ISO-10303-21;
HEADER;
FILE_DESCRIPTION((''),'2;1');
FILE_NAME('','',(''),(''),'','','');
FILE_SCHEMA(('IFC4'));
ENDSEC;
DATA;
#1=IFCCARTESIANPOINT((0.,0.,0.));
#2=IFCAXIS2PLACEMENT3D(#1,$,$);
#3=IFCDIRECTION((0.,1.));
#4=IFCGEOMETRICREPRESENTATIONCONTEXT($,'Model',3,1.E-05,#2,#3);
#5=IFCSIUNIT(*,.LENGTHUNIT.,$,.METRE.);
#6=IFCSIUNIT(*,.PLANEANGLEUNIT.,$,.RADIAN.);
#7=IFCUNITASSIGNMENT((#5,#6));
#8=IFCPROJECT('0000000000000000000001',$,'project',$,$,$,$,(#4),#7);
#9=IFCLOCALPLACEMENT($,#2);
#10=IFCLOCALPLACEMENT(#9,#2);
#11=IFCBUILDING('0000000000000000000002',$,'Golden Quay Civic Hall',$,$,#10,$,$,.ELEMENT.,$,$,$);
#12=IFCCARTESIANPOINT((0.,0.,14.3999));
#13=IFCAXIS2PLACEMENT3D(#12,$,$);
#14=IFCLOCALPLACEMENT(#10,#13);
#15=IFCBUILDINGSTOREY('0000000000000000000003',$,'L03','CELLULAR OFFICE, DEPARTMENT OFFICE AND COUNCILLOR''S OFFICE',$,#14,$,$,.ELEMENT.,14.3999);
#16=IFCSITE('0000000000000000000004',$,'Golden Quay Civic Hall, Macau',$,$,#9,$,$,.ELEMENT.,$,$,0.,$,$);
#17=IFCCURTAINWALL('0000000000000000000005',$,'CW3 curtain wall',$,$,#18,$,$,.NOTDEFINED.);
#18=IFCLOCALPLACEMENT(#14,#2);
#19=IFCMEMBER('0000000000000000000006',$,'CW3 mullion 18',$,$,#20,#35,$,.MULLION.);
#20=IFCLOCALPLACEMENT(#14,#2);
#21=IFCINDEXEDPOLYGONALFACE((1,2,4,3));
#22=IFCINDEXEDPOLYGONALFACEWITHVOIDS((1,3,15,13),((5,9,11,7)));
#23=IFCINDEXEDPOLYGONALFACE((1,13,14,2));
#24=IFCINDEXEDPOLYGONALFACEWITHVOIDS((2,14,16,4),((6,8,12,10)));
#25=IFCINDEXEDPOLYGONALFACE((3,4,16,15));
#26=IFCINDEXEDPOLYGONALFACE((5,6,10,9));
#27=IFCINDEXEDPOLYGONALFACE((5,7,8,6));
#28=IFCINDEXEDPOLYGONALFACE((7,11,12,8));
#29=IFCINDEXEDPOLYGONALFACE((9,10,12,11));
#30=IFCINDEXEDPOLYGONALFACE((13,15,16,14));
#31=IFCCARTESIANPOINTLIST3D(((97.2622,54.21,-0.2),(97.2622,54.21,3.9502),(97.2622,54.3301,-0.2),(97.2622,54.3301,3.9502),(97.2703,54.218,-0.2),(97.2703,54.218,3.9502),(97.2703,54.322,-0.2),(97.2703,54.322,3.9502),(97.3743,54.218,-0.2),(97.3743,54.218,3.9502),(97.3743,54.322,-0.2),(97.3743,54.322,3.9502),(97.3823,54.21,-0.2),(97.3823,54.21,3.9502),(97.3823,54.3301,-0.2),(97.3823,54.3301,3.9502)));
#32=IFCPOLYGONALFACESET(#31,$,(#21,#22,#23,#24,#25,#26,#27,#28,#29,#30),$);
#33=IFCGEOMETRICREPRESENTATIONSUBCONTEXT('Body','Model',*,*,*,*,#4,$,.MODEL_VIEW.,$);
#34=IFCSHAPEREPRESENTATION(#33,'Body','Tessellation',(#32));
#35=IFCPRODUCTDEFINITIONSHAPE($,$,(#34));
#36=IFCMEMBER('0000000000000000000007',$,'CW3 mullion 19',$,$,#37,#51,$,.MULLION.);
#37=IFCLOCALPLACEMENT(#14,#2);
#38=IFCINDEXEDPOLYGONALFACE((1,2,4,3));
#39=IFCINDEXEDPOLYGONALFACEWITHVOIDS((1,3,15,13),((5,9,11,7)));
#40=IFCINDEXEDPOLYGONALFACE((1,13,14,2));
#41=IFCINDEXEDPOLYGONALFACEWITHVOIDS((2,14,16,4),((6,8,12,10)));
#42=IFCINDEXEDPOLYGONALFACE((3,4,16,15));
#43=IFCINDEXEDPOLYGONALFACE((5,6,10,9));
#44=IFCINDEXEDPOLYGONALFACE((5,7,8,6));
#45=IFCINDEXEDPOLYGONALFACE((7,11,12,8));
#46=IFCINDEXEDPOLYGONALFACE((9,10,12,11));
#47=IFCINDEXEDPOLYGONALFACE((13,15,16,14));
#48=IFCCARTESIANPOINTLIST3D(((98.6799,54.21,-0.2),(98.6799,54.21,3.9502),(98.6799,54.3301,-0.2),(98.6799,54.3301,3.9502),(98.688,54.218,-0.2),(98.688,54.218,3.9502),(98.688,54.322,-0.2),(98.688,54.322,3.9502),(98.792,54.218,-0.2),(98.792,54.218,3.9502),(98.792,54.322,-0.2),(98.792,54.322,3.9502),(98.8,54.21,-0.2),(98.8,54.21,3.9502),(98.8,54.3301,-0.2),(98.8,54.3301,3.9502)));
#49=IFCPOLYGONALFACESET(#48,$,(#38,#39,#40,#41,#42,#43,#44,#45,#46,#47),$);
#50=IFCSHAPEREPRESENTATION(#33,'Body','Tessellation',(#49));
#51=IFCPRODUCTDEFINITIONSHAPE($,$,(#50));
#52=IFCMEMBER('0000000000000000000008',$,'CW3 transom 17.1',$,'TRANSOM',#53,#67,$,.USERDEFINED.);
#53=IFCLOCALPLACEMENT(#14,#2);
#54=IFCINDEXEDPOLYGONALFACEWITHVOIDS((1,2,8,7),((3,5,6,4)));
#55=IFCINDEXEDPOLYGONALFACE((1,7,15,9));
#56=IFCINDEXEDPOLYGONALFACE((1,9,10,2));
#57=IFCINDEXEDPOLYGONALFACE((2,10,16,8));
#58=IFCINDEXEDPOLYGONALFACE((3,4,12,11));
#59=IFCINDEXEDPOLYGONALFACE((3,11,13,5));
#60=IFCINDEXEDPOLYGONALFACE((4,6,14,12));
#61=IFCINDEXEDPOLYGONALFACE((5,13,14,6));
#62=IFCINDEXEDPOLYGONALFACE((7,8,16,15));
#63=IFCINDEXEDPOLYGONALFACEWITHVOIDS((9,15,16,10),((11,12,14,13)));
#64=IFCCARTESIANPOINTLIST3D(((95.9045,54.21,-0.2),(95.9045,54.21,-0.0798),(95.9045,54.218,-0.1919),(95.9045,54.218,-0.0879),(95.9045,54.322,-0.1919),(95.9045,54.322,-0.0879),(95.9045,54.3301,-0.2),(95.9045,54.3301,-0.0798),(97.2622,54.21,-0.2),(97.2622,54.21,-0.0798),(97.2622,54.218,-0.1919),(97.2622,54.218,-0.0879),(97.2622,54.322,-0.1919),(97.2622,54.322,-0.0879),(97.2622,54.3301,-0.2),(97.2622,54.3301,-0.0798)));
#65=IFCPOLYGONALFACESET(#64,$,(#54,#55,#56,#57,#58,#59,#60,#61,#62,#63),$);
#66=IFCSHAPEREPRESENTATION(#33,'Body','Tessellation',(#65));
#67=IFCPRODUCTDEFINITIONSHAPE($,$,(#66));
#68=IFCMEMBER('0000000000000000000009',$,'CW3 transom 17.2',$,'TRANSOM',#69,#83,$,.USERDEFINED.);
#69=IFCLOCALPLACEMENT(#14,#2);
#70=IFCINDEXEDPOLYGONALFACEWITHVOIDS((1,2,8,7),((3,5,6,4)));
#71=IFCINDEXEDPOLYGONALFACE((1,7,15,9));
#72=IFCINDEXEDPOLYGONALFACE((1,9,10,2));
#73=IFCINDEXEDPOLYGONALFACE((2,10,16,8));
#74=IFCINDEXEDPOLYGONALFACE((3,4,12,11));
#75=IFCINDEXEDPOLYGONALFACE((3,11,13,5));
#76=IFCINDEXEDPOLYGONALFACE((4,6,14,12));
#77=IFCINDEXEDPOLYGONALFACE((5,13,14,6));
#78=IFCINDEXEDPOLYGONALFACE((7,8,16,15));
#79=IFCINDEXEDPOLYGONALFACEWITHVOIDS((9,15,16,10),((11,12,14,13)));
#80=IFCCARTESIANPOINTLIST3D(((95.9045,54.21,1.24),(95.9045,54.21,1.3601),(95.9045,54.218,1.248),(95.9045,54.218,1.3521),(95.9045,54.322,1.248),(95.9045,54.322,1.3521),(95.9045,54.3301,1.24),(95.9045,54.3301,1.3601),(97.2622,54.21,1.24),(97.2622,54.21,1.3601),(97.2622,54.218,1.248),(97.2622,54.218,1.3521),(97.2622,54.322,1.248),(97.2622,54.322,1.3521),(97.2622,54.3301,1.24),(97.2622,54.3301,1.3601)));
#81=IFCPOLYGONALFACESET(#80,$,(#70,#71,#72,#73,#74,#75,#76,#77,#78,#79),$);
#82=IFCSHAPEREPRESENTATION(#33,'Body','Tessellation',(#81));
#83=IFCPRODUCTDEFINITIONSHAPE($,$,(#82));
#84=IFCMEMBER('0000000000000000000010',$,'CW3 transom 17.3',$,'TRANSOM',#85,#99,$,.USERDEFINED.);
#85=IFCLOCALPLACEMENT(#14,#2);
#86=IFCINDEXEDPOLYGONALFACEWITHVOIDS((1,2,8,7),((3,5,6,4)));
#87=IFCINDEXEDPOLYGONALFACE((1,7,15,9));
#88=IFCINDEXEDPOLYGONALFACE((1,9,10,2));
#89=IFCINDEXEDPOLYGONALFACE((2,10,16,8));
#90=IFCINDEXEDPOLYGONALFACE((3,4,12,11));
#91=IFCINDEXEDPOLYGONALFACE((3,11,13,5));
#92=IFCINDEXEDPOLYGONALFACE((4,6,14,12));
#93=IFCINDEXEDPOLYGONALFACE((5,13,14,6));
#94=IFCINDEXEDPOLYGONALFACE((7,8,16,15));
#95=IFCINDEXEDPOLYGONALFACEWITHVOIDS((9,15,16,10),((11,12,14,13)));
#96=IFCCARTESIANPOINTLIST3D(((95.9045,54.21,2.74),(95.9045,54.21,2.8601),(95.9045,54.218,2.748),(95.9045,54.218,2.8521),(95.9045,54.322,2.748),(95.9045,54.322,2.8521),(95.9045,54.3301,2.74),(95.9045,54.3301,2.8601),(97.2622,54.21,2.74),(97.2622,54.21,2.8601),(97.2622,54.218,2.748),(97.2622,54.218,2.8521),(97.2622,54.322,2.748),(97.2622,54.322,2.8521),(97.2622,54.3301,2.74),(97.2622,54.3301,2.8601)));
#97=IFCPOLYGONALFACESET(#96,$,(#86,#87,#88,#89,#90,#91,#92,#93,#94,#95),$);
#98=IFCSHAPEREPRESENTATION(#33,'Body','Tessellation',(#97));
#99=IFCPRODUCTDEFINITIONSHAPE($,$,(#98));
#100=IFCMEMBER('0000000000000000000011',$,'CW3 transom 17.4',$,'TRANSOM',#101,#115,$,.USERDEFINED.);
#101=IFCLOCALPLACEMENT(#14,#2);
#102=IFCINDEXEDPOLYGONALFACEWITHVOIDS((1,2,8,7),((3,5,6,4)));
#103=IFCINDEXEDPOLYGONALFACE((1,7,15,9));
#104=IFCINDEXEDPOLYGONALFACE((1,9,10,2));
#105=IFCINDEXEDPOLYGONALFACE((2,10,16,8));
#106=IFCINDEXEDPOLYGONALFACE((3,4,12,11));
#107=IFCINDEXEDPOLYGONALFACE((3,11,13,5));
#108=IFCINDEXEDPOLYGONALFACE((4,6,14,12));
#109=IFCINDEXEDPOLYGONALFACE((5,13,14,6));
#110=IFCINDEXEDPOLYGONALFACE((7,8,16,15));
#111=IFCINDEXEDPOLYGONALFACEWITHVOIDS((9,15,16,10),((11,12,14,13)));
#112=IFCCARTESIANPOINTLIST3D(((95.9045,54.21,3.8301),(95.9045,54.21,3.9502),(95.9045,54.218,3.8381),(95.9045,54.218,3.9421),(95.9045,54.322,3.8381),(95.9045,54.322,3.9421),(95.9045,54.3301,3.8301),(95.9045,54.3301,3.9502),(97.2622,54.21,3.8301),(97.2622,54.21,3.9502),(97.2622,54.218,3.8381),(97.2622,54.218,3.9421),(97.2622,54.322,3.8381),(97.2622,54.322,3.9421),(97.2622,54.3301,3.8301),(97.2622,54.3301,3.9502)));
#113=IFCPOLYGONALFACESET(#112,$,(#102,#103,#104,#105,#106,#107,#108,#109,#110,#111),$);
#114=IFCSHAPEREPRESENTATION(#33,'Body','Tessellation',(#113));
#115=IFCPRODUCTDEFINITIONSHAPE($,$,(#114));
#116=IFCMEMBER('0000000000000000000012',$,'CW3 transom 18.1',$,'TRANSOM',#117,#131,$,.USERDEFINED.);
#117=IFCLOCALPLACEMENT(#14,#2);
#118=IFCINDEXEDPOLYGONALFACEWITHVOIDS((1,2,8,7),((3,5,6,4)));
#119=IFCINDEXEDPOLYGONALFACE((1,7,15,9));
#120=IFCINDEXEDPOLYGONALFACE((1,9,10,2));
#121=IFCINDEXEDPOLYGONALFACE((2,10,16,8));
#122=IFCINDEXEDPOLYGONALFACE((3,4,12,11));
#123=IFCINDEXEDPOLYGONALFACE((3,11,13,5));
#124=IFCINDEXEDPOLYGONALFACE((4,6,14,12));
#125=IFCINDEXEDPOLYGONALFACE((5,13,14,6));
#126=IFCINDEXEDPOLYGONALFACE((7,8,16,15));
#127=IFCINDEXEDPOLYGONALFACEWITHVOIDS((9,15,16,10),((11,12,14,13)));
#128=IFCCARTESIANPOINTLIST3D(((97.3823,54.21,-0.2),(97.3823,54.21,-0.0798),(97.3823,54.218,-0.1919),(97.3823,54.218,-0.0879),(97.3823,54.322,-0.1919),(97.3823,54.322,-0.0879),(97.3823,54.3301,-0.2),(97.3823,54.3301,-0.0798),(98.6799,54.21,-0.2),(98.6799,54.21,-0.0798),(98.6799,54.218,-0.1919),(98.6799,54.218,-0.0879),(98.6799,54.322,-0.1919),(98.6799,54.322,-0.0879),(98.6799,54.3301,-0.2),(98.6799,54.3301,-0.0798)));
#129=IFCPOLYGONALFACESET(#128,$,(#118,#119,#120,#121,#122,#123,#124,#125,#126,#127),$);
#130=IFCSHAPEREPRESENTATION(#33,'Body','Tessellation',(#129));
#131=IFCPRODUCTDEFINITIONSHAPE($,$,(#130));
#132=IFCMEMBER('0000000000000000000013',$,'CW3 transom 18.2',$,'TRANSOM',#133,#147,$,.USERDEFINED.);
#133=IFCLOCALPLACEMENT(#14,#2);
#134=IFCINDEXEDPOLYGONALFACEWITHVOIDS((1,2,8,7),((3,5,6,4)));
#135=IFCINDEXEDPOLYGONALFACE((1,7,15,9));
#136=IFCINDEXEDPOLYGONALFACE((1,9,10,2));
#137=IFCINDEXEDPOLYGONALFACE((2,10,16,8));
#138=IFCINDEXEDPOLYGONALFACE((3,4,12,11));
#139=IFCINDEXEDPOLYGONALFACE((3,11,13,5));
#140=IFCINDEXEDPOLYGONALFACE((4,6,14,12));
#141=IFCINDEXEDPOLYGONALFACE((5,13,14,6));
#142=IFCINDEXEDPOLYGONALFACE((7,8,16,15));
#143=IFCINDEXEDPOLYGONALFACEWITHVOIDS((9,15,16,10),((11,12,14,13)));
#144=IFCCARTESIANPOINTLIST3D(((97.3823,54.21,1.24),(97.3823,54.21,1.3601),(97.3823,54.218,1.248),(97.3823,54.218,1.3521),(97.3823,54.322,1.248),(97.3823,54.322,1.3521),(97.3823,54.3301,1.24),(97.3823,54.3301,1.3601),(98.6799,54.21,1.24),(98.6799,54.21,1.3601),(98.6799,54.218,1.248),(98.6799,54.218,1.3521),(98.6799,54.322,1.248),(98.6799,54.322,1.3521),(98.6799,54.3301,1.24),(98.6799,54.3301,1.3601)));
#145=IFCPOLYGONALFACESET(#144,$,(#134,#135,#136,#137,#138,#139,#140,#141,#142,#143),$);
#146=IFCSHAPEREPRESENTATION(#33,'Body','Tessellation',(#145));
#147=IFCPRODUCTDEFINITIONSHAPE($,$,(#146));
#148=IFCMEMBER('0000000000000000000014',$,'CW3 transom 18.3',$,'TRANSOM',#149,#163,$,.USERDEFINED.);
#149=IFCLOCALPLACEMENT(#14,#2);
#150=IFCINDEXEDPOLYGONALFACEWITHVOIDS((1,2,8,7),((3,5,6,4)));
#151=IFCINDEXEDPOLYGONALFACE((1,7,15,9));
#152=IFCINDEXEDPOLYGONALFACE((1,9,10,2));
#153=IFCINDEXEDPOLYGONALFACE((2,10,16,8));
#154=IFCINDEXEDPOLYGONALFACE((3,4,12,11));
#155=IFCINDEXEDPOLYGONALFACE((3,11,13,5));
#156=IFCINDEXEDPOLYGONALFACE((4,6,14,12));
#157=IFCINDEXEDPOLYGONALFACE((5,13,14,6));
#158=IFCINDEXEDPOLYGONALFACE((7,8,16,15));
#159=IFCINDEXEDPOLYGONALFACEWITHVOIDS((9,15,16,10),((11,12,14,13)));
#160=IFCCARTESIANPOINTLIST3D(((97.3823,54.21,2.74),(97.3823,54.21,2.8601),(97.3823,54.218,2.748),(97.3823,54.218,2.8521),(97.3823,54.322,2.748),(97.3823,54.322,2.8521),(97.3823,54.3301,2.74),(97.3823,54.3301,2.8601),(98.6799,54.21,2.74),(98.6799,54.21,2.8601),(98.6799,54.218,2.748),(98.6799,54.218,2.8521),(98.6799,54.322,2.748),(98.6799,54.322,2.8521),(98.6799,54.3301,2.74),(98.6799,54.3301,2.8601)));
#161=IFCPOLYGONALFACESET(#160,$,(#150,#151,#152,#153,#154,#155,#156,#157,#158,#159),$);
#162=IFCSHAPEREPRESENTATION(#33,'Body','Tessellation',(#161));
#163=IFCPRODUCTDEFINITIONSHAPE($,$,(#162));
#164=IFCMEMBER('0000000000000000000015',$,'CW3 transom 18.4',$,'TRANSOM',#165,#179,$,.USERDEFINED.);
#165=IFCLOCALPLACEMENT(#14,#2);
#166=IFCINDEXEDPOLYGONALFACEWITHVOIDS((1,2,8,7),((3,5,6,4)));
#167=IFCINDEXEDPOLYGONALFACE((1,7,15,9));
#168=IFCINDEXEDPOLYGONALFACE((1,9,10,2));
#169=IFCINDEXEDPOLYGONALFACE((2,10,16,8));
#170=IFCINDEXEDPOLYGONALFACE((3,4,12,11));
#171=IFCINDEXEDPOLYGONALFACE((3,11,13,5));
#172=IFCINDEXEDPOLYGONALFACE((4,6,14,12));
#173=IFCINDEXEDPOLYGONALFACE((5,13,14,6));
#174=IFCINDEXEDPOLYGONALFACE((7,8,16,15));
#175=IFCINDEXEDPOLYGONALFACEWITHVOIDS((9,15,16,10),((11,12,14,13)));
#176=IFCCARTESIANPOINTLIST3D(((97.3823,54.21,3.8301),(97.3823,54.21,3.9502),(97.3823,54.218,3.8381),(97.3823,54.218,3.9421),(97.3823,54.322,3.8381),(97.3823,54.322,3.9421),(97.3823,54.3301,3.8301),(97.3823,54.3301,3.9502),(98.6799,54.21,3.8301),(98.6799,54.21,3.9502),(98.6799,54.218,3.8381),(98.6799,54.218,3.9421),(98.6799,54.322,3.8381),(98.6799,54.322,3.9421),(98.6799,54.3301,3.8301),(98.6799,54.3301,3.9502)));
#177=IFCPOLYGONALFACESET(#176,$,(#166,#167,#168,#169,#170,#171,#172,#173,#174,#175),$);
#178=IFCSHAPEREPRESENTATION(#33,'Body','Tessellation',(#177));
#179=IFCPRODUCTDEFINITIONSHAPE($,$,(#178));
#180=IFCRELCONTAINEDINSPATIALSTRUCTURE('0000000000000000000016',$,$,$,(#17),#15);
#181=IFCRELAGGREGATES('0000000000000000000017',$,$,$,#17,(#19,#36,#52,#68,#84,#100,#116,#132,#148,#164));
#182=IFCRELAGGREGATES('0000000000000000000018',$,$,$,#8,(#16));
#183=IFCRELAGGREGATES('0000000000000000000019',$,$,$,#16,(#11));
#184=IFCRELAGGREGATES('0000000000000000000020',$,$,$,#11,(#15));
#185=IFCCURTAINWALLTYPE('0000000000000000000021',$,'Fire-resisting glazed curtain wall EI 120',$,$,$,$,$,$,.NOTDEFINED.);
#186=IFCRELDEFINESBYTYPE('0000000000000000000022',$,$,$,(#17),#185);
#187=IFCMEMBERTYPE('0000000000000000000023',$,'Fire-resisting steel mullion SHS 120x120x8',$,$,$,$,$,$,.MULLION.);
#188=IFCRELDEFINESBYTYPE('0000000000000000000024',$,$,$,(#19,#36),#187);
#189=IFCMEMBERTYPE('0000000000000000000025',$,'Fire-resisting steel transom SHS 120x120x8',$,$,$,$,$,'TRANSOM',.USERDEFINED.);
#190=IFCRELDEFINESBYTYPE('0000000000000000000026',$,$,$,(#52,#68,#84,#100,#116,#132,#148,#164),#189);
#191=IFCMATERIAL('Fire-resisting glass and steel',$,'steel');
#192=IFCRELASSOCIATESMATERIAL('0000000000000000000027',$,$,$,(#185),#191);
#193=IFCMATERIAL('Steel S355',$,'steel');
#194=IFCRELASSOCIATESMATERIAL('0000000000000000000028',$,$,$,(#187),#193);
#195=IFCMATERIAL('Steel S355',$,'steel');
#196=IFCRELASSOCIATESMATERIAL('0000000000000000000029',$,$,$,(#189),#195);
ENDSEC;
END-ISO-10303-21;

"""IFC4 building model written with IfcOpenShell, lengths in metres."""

from ifc_helpers import new_model, si_unit, direction, frame, origin, origin_2d, place, context, subcontext, project, spatial, hollow_rectangle, extrude, material, material_profile, profile_set, type_object, element, aggregate, save


model = new_model("IFC4")

# Units and contexts
model_context = context("Model", 3, precision=1e-05, world=origin(), true_north=direction((0.0, 1.0)))
body_context = subcontext(model_context, "Body", "Model", "MODEL_VIEW")
ifc_project = project(units=[si_unit("LENGTHUNIT", "METRE"), si_unit("PLANEANGLEUNIT", "RADIAN")], contexts=[model_context])

# Site, building, storey
site_placement = place(None, origin())
site = spatial("IfcSite", under=ifc_project, at=site_placement, Name="Golden Quay Civic Hall, Macau", CompositionType="ELEMENT", RefElevation=0.0)
building_placement = place(site_placement, origin())
building = spatial("IfcBuilding", under=site, at=building_placement, Name="Golden Quay Civic Hall", CompositionType="ELEMENT")
storey_placement = place(building_placement, frame((0.0, 0.0, 14.3999)))
storey = spatial("IfcBuildingStorey", under=building, at=storey_placement, Name="L03", Description="CELLULAR OFFICE, DEPARTMENT OFFICE AND COUNCILLOR'S OFFICE", CompositionType="ELEMENT", Elevation=14.3999)

# Curtain wall, members
ifc_material_1 = material(Name="Fire-resisting glass and steel", Category="steel")
curtain_wall_type_1 = type_object("IfcCurtainWallType", Name="Fire-resisting glazed curtain wall EI 120", PredefinedType="NOTDEFINED", material=ifc_material_1)
curtain_wall_1_placement = place(storey_placement, origin())
curtain_wall_1 = element("IfcCurtainWall", 1, at=curtain_wall_1_placement, inside=storey, type_object=curtain_wall_type_1, Name="CW3 curtain wall", PredefinedType="NOTDEFINED")
ifc_material_2 = material(Name="Steel S355", Category="steel")
ifc_material_profile_1 = material_profile(ifc_material_2, hollow_rectangle(XDim=0.1201, YDim=0.1201, WallThickness=0.0081, at=origin_2d()), Name="SHS 120x120x8")
ifc_profile_set_1 = profile_set([ifc_material_profile_1], Name="Steel S355")
member_type_1 = type_object("IfcMemberType", Name="Fire-resisting steel mullion SHS 120x120x8", PredefinedType="MULLION", material=ifc_profile_set_1)
member_1_placement = place(storey_placement, frame((97.3223, 54.27, -0.2), z_axis=(0.0, 0.0, 1.0), x_axis=(0.0, 1.0, 0.0)))
member_1 = element("IfcMember", 2, at=member_1_placement, type_object=member_type_1, Name="CW3 mullion 18", PredefinedType="MULLION", context=body_context, shape_type="SweptSolid", body=[
    extrude(hollow_rectangle(XDim=0.1201, YDim=0.1201, WallThickness=0.0081, at=origin_2d()), origin(), (0.0, 0.0, 1.0), 4.1501),
])
member_2_placement = place(storey_placement, frame((98.74, 54.27, -0.2), z_axis=(0.0, 0.0, 1.0), x_axis=(0.0, 1.0, 0.0)))
member_2 = element("IfcMember", 3, at=member_2_placement, type_object=member_type_1, Name="CW3 mullion 19", PredefinedType="MULLION", context=body_context, shape_type="SweptSolid", body=[
    extrude(hollow_rectangle(XDim=0.1201, YDim=0.1201, WallThickness=0.0081, at=origin_2d()), origin(), (0.0, 0.0, 1.0), 4.1501),
])
ifc_material_3 = material(Name="Steel S355", Category="steel")
ifc_material_profile_2 = material_profile(ifc_material_3, hollow_rectangle(XDim=0.1201, YDim=0.1201, WallThickness=0.0081, at=origin_2d()), Name="SHS 120x120x8")
ifc_profile_set_2 = profile_set([ifc_material_profile_2], Name="Steel S355")
member_type_2 = type_object("IfcMemberType", Name="Fire-resisting steel transom SHS 120x120x8", ElementType="TRANSOM", PredefinedType="USERDEFINED", material=ifc_profile_set_2)
member_3_placement = place(storey_placement, frame((95.9045, 54.27, -0.1399), z_axis=(1.0, 0.0, 0.0), x_axis=(0.0, 1.0, 0.0)))
member_3 = element("IfcMember", 4, at=member_3_placement, type_object=member_type_2, Name="CW3 transom 17.1", ObjectType="TRANSOM", PredefinedType="USERDEFINED", context=body_context, shape_type="SweptSolid", body=[
    extrude(hollow_rectangle(XDim=0.1201, YDim=0.1201, WallThickness=0.0081, at=origin_2d()), origin(), (0.0, 0.0, 1.0), 1.3577),
])
member_4_placement = place(storey_placement, frame((95.9045, 54.27, 1.3), z_axis=(1.0, 0.0, 0.0), x_axis=(0.0, 1.0, 0.0)))
member_4 = element("IfcMember", 5, at=member_4_placement, type_object=member_type_2, Name="CW3 transom 17.2", ObjectType="TRANSOM", PredefinedType="USERDEFINED", context=body_context, shape_type="SweptSolid", body=[
    extrude(hollow_rectangle(XDim=0.1201, YDim=0.1201, WallThickness=0.0081, at=origin_2d()), origin(), (0.0, 0.0, 1.0), 1.3577),
])
member_5_placement = place(storey_placement, frame((95.9045, 54.27, 2.8), z_axis=(1.0, 0.0, 0.0), x_axis=(0.0, 1.0, 0.0)))
member_5 = element("IfcMember", 6, at=member_5_placement, type_object=member_type_2, Name="CW3 transom 17.3", ObjectType="TRANSOM", PredefinedType="USERDEFINED", context=body_context, shape_type="SweptSolid", body=[
    extrude(hollow_rectangle(XDim=0.1201, YDim=0.1201, WallThickness=0.0081, at=origin_2d()), origin(), (0.0, 0.0, 1.0), 1.3577),
])
member_6_placement = place(storey_placement, frame((95.9045, 54.27, 3.8901), z_axis=(1.0, 0.0, 0.0), x_axis=(0.0, 1.0, 0.0)))
member_6 = element("IfcMember", 7, at=member_6_placement, type_object=member_type_2, Name="CW3 transom 17.4", ObjectType="TRANSOM", PredefinedType="USERDEFINED", context=body_context, shape_type="SweptSolid", body=[
    extrude(hollow_rectangle(XDim=0.1201, YDim=0.1201, WallThickness=0.0081, at=origin_2d()), origin(), (0.0, 0.0, 1.0), 1.3577),
])
member_7_placement = place(storey_placement, frame((97.3823, 54.27, -0.1399), z_axis=(1.0, 0.0, 0.0), x_axis=(0.0, 1.0, 0.0)))
member_7 = element("IfcMember", 8, at=member_7_placement, type_object=member_type_2, Name="CW3 transom 18.1", ObjectType="TRANSOM", PredefinedType="USERDEFINED", context=body_context, shape_type="SweptSolid", body=[
    extrude(hollow_rectangle(XDim=0.1201, YDim=0.1201, WallThickness=0.0081, at=origin_2d()), origin(), (0.0, 0.0, 1.0), 1.2976),
])
member_8_placement = place(storey_placement, frame((97.3823, 54.27, 1.3), z_axis=(1.0, 0.0, 0.0), x_axis=(0.0, 1.0, 0.0)))
member_8 = element("IfcMember", 9, at=member_8_placement, type_object=member_type_2, Name="CW3 transom 18.2", ObjectType="TRANSOM", PredefinedType="USERDEFINED", context=body_context, shape_type="SweptSolid", body=[
    extrude(hollow_rectangle(XDim=0.1201, YDim=0.1201, WallThickness=0.0081, at=origin_2d()), origin(), (0.0, 0.0, 1.0), 1.2976),
])
member_9_placement = place(storey_placement, frame((97.3823, 54.27, 2.8), z_axis=(1.0, 0.0, 0.0), x_axis=(0.0, 1.0, 0.0)))
member_9 = element("IfcMember", 10, at=member_9_placement, type_object=member_type_2, Name="CW3 transom 18.3", ObjectType="TRANSOM", PredefinedType="USERDEFINED", context=body_context, shape_type="SweptSolid", body=[
    extrude(hollow_rectangle(XDim=0.1201, YDim=0.1201, WallThickness=0.0081, at=origin_2d()), origin(), (0.0, 0.0, 1.0), 1.2976),
])
member_10_placement = place(storey_placement, frame((97.3823, 54.27, 3.8901), z_axis=(1.0, 0.0, 0.0), x_axis=(0.0, 1.0, 0.0)))
member_10 = element("IfcMember", 11, at=member_10_placement, type_object=member_type_2, Name="CW3 transom 18.4", ObjectType="TRANSOM", PredefinedType="USERDEFINED", context=body_context, shape_type="SweptSolid", body=[
    extrude(hollow_rectangle(XDim=0.1201, YDim=0.1201, WallThickness=0.0081, at=origin_2d()), origin(), (0.0, 0.0, 1.0), 1.2976),
])

aggregate(curtain_wall_1, [member_1, member_2, member_3, member_4, member_5, member_6, member_7, member_8, member_9, member_10])

save(model, "model.ifc")
